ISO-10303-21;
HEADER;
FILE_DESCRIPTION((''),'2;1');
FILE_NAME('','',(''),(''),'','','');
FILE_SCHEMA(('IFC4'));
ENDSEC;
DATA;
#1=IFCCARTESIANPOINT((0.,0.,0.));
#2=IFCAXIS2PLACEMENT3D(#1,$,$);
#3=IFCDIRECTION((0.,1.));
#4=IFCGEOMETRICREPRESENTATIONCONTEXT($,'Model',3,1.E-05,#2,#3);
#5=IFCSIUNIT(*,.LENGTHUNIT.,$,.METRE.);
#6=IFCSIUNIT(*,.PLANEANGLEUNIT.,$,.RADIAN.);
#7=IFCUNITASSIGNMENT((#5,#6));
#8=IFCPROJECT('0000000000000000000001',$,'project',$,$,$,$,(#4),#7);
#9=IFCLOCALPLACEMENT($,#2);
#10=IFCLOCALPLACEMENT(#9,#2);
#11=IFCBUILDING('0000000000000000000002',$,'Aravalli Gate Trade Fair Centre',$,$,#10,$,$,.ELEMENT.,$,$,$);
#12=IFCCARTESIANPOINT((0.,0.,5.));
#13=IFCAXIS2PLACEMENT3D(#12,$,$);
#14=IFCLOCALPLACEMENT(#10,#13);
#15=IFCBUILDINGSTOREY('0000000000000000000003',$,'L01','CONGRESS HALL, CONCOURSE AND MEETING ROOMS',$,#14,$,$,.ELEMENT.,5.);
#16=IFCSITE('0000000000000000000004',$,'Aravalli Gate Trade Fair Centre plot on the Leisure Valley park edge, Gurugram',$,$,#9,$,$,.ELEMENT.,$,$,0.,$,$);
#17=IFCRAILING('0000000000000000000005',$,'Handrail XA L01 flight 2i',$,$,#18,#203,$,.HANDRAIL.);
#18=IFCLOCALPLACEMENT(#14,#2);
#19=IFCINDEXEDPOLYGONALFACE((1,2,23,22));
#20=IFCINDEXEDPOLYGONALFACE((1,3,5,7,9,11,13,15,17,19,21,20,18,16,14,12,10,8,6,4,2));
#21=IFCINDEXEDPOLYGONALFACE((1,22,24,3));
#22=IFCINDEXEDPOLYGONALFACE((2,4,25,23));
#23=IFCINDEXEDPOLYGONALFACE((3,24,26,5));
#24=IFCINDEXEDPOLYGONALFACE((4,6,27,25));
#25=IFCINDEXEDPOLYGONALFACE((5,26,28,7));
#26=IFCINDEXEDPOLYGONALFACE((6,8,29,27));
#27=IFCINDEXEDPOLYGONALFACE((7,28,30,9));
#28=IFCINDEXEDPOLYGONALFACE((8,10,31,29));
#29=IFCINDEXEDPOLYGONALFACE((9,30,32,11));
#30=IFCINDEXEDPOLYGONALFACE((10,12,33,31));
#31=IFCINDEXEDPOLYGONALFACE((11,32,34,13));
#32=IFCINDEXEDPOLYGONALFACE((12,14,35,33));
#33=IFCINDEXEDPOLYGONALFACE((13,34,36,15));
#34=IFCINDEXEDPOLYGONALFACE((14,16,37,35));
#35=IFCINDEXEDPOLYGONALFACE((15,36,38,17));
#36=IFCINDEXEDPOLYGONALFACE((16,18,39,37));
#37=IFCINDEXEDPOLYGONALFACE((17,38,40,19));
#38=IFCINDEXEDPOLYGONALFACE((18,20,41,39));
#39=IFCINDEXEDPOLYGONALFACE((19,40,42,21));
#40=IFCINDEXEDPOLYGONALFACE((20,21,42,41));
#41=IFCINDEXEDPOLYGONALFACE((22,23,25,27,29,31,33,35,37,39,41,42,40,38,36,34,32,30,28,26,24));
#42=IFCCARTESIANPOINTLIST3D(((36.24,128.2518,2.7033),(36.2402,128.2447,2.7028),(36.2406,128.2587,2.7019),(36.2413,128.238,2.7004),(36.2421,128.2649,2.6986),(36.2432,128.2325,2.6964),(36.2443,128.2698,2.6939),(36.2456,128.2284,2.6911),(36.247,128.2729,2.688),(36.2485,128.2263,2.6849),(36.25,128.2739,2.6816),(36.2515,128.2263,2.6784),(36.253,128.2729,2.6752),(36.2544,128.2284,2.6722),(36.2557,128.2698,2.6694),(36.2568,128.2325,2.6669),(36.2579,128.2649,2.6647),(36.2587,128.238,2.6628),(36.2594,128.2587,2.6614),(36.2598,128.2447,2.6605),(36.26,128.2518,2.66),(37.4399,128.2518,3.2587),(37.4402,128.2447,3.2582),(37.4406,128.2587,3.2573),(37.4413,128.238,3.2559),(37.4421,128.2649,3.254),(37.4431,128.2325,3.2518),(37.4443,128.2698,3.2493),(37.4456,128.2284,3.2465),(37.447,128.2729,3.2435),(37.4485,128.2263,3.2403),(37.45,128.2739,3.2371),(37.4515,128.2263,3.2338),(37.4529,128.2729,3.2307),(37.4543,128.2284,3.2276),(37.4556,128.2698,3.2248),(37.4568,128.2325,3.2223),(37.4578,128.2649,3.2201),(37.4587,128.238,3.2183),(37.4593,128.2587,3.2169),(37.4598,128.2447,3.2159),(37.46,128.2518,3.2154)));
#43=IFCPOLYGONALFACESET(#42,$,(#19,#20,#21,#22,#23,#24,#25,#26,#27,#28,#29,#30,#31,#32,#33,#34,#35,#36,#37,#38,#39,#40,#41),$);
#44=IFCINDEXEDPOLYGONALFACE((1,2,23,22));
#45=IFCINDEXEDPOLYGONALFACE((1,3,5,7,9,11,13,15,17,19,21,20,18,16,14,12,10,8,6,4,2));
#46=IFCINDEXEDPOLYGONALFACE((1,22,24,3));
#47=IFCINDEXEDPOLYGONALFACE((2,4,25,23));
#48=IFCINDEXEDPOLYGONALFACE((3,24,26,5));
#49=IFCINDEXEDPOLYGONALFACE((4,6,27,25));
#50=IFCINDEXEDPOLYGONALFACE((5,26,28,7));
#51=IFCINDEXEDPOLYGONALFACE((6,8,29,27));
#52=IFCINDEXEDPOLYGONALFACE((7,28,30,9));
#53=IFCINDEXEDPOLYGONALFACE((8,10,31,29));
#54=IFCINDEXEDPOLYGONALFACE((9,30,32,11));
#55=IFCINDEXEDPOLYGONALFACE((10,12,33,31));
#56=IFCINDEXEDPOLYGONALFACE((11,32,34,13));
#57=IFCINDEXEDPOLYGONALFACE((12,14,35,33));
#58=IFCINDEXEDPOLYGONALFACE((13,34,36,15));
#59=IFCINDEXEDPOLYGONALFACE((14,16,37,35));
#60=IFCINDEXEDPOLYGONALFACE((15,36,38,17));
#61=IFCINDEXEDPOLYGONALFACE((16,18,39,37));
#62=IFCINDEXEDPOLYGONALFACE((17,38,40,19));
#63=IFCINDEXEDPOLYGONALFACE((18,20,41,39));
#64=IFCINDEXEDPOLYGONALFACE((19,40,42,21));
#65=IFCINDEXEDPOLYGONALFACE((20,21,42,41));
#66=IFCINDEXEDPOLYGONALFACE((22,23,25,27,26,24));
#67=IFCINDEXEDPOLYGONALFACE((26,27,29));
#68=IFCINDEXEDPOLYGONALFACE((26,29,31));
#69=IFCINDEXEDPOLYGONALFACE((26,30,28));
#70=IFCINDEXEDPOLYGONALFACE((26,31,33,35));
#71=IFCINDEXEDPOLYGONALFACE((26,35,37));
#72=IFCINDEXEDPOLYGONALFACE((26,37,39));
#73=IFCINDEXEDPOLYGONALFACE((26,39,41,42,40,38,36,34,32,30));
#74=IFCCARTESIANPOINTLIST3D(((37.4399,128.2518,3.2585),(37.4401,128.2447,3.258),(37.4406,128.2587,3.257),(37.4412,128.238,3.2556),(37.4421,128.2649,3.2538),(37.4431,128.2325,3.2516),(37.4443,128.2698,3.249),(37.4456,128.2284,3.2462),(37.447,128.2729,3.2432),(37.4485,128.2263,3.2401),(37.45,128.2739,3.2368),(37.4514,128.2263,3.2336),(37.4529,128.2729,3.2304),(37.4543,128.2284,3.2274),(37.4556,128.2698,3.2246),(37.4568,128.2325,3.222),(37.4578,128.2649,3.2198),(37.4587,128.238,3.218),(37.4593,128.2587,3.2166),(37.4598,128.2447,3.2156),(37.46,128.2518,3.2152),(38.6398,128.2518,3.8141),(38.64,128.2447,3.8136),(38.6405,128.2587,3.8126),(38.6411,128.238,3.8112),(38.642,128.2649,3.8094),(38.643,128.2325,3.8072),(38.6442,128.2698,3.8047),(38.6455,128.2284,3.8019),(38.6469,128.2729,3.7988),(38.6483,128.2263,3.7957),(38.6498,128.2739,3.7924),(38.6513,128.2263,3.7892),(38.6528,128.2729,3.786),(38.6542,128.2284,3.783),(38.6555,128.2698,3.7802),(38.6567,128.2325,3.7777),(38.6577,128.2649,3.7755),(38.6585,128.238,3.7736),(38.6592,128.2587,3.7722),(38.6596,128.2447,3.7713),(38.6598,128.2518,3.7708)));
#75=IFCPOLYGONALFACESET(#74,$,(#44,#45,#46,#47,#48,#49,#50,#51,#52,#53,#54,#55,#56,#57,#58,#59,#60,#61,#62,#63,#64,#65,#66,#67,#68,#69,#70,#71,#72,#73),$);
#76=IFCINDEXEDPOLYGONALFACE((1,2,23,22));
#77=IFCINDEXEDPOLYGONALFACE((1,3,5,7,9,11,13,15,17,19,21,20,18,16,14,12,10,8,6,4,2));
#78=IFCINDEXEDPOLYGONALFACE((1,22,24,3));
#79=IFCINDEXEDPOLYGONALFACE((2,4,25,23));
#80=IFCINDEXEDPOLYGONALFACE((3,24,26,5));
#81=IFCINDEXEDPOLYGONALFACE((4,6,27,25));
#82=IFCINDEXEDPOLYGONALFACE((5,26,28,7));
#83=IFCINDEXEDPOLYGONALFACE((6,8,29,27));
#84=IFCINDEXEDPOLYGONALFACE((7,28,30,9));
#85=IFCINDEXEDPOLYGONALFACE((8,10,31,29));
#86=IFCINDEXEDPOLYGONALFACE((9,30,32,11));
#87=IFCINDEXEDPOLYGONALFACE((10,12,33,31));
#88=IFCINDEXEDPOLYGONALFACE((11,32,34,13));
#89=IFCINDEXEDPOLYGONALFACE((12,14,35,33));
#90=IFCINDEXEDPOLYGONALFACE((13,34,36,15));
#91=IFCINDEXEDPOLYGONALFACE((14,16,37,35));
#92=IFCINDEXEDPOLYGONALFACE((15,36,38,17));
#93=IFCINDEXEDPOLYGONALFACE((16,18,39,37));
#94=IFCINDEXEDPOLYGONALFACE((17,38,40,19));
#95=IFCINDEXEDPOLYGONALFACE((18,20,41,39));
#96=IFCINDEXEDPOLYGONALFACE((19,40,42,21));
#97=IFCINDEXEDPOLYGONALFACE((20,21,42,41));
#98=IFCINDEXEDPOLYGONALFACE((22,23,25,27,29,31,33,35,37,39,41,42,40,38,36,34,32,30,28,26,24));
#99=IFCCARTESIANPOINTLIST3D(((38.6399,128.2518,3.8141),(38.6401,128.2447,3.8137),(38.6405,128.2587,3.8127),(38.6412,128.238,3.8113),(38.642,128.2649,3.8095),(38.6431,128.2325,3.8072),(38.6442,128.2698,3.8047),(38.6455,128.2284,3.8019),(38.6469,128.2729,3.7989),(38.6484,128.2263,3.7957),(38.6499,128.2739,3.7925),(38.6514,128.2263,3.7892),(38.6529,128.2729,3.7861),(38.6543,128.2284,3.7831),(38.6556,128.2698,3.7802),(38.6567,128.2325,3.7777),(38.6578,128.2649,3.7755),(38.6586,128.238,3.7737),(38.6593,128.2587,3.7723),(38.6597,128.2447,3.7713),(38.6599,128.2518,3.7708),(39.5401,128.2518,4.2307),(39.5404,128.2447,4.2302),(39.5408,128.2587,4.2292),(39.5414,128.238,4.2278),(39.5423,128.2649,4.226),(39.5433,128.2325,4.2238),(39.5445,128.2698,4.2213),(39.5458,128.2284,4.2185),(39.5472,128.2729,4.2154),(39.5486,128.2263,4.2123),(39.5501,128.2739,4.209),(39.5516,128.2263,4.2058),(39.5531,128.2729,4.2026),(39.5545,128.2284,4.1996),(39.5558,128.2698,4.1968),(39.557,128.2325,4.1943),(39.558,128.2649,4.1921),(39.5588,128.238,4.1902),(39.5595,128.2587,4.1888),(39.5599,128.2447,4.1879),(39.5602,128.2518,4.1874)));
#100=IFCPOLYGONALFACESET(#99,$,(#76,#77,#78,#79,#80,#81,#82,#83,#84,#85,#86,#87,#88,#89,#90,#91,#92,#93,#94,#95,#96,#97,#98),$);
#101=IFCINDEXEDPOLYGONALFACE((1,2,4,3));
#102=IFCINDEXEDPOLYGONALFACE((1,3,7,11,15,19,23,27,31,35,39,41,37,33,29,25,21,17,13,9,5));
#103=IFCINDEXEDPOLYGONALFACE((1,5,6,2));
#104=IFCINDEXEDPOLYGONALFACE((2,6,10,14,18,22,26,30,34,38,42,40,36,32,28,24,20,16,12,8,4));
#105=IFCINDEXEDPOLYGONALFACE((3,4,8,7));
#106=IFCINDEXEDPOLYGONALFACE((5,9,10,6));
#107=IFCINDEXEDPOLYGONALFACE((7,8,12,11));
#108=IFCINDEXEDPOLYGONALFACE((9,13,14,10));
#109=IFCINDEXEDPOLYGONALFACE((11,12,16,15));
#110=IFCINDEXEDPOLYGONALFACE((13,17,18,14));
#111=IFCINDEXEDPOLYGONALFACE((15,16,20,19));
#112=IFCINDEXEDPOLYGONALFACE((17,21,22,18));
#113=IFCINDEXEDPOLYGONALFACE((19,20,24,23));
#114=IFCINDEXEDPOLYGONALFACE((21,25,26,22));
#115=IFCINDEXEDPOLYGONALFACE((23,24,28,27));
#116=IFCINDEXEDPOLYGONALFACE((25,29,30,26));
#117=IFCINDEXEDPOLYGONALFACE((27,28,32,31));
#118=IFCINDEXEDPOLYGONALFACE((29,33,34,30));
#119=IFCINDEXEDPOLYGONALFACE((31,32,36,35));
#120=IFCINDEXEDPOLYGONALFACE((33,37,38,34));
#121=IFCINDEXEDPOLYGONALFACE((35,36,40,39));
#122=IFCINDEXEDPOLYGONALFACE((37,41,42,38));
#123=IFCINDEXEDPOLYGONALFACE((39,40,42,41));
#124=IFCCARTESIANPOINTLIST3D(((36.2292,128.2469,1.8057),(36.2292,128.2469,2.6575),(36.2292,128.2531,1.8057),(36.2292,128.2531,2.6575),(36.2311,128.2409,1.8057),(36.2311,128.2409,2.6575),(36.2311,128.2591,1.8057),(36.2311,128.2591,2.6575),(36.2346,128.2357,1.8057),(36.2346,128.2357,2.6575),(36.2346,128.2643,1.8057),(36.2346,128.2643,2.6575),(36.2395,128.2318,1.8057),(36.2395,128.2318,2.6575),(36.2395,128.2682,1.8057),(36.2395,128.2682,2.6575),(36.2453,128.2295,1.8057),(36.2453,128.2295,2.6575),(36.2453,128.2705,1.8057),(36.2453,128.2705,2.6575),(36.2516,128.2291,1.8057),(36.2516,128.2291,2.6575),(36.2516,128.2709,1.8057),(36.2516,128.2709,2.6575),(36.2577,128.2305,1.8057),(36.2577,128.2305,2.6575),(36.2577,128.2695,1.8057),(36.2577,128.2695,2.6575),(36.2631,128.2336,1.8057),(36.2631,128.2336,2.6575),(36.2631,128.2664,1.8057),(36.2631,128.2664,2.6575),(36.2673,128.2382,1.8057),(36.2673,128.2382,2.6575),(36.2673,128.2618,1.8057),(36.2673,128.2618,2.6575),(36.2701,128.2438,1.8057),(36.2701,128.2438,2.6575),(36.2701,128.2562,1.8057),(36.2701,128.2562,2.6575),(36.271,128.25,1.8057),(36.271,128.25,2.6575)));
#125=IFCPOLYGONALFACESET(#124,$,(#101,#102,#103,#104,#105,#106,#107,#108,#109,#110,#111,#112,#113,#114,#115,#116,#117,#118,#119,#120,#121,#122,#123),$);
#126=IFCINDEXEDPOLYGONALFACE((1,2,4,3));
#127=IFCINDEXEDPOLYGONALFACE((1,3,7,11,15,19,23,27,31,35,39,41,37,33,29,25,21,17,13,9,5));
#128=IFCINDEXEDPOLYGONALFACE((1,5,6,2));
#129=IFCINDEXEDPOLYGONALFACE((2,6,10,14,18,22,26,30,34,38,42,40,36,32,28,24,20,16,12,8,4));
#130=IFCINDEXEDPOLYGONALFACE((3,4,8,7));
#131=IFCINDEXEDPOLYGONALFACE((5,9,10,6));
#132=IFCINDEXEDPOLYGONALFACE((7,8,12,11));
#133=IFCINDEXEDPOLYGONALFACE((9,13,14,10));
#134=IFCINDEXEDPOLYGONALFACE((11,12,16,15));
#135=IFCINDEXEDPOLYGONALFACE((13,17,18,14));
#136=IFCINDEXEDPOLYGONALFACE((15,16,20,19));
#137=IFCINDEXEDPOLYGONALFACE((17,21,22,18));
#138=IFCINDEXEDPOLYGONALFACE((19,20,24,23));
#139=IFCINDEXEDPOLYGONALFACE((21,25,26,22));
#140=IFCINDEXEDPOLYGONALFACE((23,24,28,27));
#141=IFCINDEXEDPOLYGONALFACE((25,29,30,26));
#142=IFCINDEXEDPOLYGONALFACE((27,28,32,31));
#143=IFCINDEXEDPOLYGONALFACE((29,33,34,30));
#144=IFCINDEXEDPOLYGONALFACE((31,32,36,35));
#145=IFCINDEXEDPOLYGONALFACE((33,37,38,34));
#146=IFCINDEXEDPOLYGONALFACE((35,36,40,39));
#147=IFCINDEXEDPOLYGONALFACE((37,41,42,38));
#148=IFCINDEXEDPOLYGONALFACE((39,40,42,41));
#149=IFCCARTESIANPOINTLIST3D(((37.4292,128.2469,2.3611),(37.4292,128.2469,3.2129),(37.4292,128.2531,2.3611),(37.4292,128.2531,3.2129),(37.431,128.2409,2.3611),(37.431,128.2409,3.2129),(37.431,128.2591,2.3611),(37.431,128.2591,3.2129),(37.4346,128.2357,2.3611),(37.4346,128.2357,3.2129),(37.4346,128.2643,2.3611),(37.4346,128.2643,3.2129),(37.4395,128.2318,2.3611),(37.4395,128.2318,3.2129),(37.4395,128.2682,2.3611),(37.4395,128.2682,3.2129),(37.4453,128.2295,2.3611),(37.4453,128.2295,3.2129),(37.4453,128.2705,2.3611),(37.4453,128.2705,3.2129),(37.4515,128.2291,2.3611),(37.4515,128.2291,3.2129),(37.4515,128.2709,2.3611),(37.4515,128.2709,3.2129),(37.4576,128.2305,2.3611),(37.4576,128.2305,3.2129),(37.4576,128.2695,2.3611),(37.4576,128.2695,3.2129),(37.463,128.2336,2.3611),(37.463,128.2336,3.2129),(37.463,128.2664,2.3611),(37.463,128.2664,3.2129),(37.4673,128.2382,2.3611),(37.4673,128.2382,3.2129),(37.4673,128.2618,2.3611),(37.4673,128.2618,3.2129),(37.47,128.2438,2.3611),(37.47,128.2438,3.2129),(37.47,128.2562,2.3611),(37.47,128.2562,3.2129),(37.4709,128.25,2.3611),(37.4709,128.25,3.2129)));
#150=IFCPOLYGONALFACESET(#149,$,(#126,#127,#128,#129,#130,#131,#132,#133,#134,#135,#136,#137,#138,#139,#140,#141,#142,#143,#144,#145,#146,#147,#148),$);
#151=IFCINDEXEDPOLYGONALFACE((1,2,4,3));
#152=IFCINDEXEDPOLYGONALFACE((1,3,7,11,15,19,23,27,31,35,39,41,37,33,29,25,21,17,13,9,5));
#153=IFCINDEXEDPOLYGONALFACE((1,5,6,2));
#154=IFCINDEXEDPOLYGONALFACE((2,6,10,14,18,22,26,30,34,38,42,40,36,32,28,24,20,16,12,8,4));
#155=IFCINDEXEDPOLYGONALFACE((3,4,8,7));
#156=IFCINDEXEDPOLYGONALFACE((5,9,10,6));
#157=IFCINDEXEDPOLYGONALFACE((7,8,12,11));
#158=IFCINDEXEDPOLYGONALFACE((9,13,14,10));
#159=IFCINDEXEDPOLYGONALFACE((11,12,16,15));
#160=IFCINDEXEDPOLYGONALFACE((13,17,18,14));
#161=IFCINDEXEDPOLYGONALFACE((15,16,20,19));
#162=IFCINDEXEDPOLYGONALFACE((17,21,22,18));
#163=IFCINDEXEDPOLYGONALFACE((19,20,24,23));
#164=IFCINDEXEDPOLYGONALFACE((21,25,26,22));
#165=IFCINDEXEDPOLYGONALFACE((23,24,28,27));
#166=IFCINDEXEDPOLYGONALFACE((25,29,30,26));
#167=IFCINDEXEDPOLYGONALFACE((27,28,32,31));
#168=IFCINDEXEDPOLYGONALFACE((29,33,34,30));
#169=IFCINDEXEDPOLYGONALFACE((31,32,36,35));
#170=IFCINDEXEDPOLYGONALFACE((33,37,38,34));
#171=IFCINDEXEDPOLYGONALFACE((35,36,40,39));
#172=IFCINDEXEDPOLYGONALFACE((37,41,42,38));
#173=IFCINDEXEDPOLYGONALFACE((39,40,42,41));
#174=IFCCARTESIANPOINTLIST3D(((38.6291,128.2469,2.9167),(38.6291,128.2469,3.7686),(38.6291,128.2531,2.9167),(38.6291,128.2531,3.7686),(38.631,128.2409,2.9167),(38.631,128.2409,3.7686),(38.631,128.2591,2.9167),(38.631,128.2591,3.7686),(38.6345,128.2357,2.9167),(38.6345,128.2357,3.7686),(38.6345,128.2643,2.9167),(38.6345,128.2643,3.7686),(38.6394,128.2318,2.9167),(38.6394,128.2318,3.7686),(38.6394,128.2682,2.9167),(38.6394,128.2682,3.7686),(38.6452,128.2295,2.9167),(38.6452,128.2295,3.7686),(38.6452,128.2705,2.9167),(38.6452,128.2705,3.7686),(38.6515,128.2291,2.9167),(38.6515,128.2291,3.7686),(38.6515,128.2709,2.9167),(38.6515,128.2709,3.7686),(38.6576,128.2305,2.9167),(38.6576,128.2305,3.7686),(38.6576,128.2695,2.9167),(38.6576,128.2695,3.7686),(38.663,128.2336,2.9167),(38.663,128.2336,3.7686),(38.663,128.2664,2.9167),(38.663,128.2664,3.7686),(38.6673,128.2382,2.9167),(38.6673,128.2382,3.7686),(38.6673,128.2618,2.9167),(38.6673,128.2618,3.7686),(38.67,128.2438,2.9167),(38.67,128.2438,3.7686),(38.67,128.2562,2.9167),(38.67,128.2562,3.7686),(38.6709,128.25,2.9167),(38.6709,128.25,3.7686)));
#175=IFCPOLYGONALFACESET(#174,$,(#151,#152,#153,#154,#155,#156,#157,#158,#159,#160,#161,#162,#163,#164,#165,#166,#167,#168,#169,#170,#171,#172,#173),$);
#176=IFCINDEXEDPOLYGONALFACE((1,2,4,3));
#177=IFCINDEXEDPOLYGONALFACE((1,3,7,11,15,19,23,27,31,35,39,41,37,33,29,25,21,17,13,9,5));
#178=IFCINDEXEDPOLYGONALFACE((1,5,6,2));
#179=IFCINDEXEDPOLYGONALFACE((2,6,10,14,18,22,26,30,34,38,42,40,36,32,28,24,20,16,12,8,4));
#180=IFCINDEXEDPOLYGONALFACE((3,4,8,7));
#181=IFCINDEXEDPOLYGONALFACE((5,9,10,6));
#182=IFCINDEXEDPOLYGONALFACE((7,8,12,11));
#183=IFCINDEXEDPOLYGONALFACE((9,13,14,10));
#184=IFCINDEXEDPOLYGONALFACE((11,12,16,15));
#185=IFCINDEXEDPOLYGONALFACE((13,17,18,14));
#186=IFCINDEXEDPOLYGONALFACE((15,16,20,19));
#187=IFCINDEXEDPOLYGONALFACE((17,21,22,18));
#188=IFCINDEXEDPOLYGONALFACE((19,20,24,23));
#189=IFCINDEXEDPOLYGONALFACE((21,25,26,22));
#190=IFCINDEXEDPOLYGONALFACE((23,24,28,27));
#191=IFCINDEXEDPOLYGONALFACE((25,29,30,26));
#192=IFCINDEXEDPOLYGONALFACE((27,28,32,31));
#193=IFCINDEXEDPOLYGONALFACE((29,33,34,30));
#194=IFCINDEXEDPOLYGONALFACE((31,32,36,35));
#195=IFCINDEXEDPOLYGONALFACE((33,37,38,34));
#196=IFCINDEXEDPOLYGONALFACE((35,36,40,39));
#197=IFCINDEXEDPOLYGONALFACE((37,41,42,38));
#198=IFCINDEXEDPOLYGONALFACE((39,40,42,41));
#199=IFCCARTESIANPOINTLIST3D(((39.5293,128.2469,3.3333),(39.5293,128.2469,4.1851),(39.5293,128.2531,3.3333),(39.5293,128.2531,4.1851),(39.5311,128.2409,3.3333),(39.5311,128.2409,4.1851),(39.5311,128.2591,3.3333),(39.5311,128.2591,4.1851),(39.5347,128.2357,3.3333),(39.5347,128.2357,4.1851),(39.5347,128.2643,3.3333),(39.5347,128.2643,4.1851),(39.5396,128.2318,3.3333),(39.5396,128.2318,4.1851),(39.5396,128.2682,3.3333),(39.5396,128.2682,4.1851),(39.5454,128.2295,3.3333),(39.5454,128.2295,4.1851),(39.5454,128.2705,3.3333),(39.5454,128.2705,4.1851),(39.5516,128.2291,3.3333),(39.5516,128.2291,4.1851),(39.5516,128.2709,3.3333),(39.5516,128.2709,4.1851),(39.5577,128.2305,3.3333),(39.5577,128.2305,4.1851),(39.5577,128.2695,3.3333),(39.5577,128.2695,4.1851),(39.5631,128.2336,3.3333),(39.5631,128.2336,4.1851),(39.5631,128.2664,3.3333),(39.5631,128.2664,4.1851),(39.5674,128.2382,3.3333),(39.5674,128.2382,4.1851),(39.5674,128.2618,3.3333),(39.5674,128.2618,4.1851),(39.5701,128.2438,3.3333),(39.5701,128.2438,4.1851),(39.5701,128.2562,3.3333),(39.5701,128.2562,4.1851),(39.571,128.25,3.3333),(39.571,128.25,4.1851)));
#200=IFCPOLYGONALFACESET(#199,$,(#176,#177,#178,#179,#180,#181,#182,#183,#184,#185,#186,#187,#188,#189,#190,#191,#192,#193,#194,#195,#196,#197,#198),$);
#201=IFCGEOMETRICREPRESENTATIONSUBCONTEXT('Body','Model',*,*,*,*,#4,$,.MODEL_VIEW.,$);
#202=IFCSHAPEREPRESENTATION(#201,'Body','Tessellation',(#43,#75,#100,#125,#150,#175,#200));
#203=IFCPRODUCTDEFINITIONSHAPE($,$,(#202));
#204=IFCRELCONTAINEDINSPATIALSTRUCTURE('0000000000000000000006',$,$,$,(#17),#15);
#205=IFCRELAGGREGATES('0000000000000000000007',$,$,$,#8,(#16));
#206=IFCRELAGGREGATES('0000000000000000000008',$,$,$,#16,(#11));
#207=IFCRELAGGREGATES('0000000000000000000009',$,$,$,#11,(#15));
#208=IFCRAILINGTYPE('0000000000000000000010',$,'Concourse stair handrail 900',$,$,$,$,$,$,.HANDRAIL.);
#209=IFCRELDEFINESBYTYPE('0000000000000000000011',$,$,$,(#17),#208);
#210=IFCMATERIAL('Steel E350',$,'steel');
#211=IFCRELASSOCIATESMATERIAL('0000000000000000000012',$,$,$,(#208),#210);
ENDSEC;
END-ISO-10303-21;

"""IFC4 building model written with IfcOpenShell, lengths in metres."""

from ifc_helpers import new_model, si_unit, direction, frame, origin, origin_2d, place, context, subcontext, project, spatial, circle, extrude, material, type_object, element, save


model = new_model("IFC4")

# Units and contexts
model_context = context("Model", 3, precision=1e-05, world=origin(), true_north=direction((0.0, 1.0)))
body_context = subcontext(model_context, "Body", "Model", "MODEL_VIEW")
ifc_project = project(units=[si_unit("LENGTHUNIT", "METRE"), si_unit("PLANEANGLEUNIT", "RADIAN")], contexts=[model_context])

# Site, building, storey
site_placement = place(None, origin())
site = spatial("IfcSite", under=ifc_project, at=site_placement, Name="Aravalli Gate Trade Fair Centre plot on the Leisure Valley park edge, Gurugram", CompositionType="ELEMENT", RefElevation=0.0)
building_placement = place(site_placement, origin())
building = spatial("IfcBuilding", under=site, at=building_placement, Name="Aravalli Gate Trade Fair Centre", CompositionType="ELEMENT")
storey_placement = place(building_placement, frame((0.0, 0.0, 5.0)))
storey = spatial("IfcBuildingStorey", under=building, at=storey_placement, Name="L01", Description="CONGRESS HALL, CONCOURSE AND MEETING ROOMS", CompositionType="ELEMENT", Elevation=5.0)

# Shared definitions
ifc_material_1 = material(Name="Steel E350", Category="steel")

# Railing
railing_type_1 = type_object("IfcRailingType", Name="Concourse stair handrail 900", PredefinedType="HANDRAIL", material=ifc_material_1)
for number, where, name in (
    (1, (36.25, 128.25, 1.8057), "Handrail XA L01 flight 2i"),
):
    element("IfcRailing", number, at=place(storey_placement, frame(where)), inside=storey, type_object=railing_type_1, Name=name, PredefinedType="HANDRAIL", context=body_context, shape_type="SweptSolid", body=[
        extrude(circle(Radius=0.0239, at=origin_2d()), frame((0.0, 0.0, 0.876), z_axis=(0.907499, 0.0, 0.420053), x_axis=(0.0, 1.0, 0.0)), (0.0, 0.0, 1.0), 1.3223),
        extrude(circle(Radius=0.0239, at=origin_2d()), frame((1.2, 0.0, 1.4312), z_axis=(0.907429, 0.0, 0.420205), x_axis=(0.0, 1.0, 0.0)), (0.0, 0.0, 1.0), 1.3223),
        extrude(circle(Radius=0.0239, at=origin_2d()), frame((2.3999, 0.0, 1.9868), z_axis=(0.907556, 0.0, 0.419932), x_axis=(0.0, 1.0, 0.0)), (0.0, 0.0, 1.0), 0.9919),
        extrude(circle(Radius=0.021, at=origin_2d()), origin(), (0.0, 0.0, 1.0), 0.8518),
        extrude(circle(Radius=0.021, at=origin_2d()), frame((1.2, 0.0, 0.5554)), (0.0, 0.0, 1.0), 0.8518),
        extrude(circle(Radius=0.021, at=origin_2d()), frame((2.3999, 0.0, 1.1111)), (0.0, 0.0, 1.0), 0.8518),
        extrude(circle(Radius=0.021, at=origin_2d()), frame((3.3, 0.0, 1.5276)), (0.0, 0.0, 1.0), 0.8518),
    ])

save(model, "model.ifc")
